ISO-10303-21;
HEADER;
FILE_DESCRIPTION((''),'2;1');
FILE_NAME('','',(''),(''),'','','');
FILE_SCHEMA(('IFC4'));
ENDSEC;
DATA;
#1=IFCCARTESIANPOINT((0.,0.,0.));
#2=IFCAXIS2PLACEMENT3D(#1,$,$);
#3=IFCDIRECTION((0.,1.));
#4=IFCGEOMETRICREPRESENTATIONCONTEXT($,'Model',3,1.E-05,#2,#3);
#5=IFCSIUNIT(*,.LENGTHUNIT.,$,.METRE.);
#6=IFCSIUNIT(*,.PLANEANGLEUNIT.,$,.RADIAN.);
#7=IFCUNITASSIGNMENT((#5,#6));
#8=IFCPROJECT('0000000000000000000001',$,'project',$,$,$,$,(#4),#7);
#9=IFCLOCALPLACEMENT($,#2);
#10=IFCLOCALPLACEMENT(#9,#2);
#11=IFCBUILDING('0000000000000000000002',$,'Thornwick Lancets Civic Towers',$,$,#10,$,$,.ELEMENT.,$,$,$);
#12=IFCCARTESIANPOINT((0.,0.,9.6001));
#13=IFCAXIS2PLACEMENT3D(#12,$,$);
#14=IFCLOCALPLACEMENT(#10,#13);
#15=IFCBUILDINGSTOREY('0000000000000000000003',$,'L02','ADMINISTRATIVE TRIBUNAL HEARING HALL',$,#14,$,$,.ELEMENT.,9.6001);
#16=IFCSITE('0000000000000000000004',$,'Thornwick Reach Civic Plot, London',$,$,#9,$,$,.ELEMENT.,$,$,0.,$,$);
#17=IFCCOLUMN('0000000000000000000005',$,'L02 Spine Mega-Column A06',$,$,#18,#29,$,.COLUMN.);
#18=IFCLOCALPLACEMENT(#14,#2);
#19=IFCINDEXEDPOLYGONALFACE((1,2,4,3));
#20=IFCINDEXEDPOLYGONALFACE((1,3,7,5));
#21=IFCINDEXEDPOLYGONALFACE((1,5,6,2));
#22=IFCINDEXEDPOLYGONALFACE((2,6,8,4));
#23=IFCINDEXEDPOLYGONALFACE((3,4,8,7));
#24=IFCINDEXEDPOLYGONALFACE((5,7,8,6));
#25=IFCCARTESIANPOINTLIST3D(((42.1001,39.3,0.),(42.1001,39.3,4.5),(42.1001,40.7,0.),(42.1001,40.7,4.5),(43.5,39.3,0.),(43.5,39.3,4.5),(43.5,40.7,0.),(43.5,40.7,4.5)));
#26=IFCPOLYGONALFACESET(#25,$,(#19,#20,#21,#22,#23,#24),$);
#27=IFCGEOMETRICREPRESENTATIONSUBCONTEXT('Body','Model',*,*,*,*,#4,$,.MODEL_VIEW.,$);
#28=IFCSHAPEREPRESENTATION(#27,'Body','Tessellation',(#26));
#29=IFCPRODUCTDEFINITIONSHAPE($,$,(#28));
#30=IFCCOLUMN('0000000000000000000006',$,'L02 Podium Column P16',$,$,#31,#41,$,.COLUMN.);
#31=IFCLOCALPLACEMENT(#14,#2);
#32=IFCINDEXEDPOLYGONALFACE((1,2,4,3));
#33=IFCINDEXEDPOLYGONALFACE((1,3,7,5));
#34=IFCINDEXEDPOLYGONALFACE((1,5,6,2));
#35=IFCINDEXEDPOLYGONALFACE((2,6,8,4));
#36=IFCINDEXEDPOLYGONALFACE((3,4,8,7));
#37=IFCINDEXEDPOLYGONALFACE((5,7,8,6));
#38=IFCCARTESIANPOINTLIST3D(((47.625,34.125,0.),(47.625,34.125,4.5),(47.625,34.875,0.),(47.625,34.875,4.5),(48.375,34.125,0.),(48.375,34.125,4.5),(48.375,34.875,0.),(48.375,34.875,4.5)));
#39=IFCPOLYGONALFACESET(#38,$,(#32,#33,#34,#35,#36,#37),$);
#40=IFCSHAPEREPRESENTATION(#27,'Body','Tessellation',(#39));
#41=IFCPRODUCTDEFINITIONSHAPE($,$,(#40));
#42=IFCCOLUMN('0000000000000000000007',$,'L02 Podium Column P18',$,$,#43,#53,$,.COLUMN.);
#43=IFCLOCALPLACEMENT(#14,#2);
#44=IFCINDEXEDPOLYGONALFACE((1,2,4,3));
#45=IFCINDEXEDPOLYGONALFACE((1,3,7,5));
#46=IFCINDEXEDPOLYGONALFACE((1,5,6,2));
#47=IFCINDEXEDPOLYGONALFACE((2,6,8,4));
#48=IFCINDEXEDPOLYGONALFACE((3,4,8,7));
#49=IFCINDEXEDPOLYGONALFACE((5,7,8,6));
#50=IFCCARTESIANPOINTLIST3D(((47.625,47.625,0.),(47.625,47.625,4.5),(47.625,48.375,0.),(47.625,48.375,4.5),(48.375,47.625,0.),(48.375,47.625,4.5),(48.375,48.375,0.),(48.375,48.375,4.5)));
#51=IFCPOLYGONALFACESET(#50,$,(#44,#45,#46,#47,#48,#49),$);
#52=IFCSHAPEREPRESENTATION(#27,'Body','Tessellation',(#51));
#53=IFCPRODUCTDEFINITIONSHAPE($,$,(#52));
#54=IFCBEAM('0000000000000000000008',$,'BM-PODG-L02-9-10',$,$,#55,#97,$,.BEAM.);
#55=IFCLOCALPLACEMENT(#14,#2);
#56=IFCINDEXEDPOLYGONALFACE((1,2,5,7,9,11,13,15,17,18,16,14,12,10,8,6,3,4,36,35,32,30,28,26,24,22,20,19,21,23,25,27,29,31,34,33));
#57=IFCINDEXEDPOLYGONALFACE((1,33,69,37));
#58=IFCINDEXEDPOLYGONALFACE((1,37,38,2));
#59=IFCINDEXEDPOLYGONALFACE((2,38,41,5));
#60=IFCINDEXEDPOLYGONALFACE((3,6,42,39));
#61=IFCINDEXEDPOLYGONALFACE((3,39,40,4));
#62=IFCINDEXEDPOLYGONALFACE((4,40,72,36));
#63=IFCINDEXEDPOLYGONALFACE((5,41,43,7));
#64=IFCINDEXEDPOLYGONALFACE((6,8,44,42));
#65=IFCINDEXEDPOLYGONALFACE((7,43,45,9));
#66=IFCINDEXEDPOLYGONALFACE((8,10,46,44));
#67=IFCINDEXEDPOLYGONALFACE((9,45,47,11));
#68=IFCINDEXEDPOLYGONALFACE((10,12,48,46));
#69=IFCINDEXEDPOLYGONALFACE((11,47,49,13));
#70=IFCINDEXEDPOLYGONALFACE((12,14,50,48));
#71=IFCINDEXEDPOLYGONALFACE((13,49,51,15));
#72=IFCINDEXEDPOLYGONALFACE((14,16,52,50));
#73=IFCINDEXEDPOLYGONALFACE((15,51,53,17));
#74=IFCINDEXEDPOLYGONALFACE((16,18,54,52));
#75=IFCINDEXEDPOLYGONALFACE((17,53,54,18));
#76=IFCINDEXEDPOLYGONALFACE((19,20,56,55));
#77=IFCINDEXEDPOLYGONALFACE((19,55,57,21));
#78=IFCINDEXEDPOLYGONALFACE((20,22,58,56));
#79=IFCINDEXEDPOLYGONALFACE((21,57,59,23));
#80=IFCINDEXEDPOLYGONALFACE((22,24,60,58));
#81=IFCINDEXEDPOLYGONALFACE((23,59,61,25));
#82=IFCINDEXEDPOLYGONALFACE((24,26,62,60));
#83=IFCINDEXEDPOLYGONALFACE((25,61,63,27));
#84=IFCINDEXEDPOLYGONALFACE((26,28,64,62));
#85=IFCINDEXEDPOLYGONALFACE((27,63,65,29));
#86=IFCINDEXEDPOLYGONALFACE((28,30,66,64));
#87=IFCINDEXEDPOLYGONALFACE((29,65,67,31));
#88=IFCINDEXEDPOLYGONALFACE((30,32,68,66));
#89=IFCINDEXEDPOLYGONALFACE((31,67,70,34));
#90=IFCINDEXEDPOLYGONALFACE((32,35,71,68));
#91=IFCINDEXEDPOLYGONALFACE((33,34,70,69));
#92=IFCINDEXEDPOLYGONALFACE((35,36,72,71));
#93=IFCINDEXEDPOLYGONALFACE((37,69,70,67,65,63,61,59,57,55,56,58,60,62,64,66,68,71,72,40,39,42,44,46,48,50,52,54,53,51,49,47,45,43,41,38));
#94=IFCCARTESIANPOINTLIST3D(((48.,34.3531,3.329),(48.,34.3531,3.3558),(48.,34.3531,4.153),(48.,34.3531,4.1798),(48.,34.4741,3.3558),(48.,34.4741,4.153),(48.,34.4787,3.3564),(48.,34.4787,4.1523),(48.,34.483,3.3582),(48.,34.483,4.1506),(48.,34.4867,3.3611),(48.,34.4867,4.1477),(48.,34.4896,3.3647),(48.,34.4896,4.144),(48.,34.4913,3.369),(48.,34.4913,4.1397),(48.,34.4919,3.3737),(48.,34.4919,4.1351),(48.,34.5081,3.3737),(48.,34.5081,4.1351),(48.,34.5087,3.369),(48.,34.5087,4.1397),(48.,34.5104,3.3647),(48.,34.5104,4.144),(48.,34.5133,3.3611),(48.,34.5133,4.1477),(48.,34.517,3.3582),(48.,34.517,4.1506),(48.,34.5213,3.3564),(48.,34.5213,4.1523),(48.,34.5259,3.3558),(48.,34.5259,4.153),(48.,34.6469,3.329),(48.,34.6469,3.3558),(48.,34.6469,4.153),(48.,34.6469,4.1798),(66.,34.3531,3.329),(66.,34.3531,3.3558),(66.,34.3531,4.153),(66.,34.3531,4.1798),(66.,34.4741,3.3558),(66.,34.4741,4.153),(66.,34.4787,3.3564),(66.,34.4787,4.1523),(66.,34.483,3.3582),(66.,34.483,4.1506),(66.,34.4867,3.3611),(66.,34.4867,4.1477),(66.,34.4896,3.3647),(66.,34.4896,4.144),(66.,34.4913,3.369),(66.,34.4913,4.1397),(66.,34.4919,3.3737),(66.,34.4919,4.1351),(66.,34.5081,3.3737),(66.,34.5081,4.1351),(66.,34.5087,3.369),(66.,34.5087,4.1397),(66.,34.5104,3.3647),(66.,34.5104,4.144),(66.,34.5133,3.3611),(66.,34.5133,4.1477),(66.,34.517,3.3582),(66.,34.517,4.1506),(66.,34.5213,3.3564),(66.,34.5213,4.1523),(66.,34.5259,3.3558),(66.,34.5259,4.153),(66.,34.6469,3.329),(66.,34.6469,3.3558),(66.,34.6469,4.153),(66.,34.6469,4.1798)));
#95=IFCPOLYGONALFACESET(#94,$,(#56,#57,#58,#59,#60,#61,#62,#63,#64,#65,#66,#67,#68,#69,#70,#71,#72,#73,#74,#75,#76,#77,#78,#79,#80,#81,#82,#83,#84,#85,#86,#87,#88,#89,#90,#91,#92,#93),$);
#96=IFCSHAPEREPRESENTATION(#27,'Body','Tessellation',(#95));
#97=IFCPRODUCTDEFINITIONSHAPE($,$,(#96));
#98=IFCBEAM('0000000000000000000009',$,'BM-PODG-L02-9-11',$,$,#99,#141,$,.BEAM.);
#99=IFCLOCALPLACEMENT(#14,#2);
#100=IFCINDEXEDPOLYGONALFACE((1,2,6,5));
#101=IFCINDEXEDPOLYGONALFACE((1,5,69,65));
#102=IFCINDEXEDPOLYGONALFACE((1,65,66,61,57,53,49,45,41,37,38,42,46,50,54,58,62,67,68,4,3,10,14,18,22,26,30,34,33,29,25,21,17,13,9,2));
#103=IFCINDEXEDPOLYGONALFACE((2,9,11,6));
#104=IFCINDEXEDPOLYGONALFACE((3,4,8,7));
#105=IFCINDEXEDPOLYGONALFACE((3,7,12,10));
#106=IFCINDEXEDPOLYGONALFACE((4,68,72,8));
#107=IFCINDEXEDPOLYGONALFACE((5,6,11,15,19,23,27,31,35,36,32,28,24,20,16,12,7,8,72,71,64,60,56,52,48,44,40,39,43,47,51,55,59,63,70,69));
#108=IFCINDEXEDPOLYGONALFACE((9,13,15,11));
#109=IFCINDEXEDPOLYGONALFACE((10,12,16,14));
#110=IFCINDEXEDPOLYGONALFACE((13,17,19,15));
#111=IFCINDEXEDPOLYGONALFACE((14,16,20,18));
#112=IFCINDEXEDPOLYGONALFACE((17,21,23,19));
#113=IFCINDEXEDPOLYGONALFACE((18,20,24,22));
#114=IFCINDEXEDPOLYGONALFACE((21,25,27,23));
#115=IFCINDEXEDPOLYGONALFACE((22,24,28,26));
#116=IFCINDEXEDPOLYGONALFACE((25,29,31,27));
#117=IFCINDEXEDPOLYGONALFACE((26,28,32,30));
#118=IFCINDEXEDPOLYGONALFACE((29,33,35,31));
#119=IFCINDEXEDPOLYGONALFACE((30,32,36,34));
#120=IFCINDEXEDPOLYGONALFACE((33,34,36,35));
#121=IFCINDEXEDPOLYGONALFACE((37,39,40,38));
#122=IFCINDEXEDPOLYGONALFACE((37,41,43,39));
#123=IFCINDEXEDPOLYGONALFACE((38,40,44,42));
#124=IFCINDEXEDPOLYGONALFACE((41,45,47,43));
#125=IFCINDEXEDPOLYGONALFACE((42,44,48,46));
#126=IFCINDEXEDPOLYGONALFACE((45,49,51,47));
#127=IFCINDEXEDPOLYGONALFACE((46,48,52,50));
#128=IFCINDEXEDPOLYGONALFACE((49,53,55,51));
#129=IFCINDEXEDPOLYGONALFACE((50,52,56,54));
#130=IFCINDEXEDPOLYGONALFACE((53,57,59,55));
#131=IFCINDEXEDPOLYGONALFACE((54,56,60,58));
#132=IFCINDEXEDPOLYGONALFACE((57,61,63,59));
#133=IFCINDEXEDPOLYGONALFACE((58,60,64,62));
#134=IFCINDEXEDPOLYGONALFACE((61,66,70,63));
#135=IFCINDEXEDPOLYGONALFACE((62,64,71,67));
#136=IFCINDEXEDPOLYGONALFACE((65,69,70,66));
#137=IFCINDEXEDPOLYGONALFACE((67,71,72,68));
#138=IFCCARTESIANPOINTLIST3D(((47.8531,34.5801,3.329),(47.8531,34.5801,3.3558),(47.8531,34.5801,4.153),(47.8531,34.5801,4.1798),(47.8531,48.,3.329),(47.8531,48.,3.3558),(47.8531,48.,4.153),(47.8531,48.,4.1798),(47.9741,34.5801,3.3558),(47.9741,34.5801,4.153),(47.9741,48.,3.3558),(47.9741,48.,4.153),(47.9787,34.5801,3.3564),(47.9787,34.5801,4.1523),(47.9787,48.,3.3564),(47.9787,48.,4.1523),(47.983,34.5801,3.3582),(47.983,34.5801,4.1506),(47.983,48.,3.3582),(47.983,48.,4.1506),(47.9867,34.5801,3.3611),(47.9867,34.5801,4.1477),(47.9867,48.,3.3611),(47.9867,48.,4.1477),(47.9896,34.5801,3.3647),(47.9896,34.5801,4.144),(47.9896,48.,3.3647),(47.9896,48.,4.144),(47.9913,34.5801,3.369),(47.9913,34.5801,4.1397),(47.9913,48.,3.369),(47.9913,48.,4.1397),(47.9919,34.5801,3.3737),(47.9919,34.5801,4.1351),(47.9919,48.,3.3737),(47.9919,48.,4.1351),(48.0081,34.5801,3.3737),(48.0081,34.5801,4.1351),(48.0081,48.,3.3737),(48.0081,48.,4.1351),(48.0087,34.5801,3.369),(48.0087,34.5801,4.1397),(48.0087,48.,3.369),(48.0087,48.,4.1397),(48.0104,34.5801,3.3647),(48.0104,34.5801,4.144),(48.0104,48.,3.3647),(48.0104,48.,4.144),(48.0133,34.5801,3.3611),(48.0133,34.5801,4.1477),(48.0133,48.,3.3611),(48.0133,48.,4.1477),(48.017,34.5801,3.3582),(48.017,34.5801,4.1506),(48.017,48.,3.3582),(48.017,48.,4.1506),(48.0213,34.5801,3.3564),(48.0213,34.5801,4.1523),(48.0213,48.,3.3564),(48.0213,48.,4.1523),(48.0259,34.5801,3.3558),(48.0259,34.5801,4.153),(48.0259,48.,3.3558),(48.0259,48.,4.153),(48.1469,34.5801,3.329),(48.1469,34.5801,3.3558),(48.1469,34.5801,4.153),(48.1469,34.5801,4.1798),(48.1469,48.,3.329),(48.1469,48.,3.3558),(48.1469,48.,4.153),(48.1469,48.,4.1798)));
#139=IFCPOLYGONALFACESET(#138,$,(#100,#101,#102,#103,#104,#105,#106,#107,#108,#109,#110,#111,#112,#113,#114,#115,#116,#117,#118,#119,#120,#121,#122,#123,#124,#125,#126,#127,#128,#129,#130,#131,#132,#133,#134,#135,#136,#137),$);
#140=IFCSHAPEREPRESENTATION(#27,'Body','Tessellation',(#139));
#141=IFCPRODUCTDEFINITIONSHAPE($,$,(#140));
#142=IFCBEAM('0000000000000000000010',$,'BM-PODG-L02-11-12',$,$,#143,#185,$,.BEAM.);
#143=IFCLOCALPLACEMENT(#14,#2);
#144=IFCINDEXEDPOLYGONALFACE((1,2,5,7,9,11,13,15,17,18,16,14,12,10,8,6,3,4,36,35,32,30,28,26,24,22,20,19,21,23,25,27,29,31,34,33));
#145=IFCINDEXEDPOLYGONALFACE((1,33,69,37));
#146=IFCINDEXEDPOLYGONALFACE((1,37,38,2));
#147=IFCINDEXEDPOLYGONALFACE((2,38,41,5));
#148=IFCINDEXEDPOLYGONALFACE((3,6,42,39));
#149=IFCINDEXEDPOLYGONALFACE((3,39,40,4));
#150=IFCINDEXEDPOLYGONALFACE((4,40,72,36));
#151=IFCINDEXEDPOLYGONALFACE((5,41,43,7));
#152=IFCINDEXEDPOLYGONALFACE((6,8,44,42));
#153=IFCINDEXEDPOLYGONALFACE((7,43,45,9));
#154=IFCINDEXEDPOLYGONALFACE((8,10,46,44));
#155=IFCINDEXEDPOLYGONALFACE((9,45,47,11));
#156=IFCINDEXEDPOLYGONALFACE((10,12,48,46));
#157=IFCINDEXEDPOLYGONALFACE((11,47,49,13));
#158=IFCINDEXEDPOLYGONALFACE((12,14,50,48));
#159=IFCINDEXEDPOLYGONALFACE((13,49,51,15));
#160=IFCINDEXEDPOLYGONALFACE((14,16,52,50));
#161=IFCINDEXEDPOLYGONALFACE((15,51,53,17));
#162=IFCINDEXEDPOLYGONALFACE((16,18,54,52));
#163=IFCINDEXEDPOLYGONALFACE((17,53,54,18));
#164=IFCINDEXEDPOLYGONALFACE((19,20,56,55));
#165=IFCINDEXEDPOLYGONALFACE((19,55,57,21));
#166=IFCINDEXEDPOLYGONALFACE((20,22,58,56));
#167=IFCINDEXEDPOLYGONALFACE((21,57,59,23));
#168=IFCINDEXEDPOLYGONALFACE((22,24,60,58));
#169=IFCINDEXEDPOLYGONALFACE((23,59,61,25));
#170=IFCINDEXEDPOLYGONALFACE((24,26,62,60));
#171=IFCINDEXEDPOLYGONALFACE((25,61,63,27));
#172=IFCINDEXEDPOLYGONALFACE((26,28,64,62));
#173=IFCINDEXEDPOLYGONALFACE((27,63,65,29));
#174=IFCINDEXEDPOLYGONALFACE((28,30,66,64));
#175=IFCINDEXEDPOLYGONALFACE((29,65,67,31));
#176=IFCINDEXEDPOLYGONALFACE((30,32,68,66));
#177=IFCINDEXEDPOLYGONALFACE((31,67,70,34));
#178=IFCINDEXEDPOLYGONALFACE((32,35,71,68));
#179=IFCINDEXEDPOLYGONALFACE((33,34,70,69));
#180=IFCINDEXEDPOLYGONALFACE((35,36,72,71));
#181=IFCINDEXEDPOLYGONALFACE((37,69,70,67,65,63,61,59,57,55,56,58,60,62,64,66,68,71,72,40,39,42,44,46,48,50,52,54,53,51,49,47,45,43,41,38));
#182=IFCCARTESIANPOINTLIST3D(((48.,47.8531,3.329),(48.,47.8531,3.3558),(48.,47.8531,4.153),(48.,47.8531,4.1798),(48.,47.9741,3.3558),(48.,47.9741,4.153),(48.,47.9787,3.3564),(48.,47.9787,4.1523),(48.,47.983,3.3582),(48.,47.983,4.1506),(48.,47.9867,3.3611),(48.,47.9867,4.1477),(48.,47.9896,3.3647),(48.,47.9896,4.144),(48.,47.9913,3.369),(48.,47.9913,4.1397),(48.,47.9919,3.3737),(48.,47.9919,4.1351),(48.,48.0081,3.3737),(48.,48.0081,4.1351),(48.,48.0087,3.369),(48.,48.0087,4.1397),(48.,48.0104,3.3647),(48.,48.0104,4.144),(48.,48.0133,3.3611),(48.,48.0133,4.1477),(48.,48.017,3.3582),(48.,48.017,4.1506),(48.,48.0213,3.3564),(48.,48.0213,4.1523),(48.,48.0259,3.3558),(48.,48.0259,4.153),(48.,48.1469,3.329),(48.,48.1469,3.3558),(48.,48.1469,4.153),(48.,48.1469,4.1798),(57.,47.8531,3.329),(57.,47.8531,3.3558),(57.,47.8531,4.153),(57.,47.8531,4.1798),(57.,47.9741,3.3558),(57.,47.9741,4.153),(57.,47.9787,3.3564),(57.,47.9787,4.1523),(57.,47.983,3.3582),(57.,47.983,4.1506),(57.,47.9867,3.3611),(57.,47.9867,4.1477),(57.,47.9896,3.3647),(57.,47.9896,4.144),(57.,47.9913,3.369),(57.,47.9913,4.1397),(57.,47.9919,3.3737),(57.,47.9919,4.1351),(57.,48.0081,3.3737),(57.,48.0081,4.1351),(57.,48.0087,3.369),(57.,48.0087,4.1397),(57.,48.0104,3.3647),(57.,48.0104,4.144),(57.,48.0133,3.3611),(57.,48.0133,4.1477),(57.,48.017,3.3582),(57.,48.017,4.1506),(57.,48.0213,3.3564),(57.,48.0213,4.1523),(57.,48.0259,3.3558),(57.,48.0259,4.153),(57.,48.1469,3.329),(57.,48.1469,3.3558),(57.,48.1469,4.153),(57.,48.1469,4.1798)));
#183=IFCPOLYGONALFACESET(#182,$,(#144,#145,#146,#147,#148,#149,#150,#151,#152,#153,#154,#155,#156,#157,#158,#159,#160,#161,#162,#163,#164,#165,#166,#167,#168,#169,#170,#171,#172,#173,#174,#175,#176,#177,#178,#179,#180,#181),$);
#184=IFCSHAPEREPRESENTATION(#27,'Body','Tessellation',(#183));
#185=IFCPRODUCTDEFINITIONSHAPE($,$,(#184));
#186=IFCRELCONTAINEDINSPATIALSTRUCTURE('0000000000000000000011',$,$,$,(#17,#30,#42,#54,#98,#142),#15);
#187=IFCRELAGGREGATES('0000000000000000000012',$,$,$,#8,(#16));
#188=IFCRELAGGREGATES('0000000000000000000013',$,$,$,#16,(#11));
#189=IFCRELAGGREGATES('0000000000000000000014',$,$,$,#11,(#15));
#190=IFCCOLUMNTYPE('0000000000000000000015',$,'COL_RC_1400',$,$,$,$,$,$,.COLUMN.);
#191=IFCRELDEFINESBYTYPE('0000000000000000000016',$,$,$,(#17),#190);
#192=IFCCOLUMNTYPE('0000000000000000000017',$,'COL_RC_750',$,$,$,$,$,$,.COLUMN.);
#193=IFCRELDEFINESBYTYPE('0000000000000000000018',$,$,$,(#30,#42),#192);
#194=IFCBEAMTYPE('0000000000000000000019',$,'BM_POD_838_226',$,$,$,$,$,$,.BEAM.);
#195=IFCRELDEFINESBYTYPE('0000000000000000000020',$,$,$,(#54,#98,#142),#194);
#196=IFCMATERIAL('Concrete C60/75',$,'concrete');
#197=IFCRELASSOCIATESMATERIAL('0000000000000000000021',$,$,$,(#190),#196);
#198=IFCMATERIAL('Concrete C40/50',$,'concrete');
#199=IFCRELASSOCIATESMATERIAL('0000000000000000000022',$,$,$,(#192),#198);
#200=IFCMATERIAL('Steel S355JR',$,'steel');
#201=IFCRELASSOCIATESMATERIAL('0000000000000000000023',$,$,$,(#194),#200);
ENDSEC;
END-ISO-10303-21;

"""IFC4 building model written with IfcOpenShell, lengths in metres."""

from ifc_helpers import new_model, si_unit, direction, frame, origin, origin_2d, place, context, subcontext, project, spatial, rectangle, i_section, extrude, material, material_profile, profile_set, type_object, element, save


model = new_model("IFC4")

# Units and contexts
model_context = context("Model", 3, precision=1e-05, world=origin(), true_north=direction((0.0, 1.0)))
body_context = subcontext(model_context, "Body", "Model", "MODEL_VIEW")
ifc_project = project(units=[si_unit("LENGTHUNIT", "METRE"), si_unit("PLANEANGLEUNIT", "RADIAN")], contexts=[model_context])

# Site, building, storey
site_placement = place(None, origin())
site = spatial("IfcSite", under=ifc_project, at=site_placement, Name="Thornwick Reach Civic Plot, London", CompositionType="ELEMENT", RefElevation=0.0)
building_placement = place(site_placement, origin())
building = spatial("IfcBuilding", under=site, at=building_placement, Name="Thornwick Lancets Civic Towers", CompositionType="ELEMENT")
storey_placement = place(building_placement, frame((0.0, 0.0, 9.6001)))
storey = spatial("IfcBuildingStorey", under=building, at=storey_placement, Name="L02", Description="ADMINISTRATIVE TRIBUNAL HEARING HALL", CompositionType="ELEMENT", Elevation=9.6001)

# Columns
ifc_material_1 = material(Name="Concrete C60/75", Category="concrete")
ifc_material_profile_1 = material_profile(ifc_material_1, rectangle(XDim=1.3999, YDim=1.3999, at=origin_2d()), Name="RC 1400x1400")
ifc_profile_set_1 = profile_set([ifc_material_profile_1], Name="Concrete C60/75")
column_type_1 = type_object("IfcColumnType", Name="COL_RC_1400", PredefinedType="COLUMN", material=ifc_profile_set_1)
column_placement = place(storey_placement, frame((42.8, 40.0, 0.0), z_axis=(0.0, 0.0, 1.0), x_axis=(1.0, 0.0, 0.0)))
element("IfcColumn", 1, at=column_placement, inside=storey, type_object=column_type_1, Name="L02 Spine Mega-Column A06", PredefinedType="COLUMN", context=body_context, shape_type="SweptSolid", body=[
    extrude(rectangle(XDim=1.3999, YDim=1.3999, at=origin_2d()), origin(), (0.0, 0.0, 1.0), 4.5),
])
ifc_material_2 = material(Name="Concrete C40/50", Category="concrete")
ifc_material_profile_2 = material_profile(ifc_material_2, rectangle(XDim=0.75, YDim=0.75, at=origin_2d()), Name="RC 750x750")
ifc_profile_set_2 = profile_set([ifc_material_profile_2], Name="Concrete C40/50")
column_type_2 = type_object("IfcColumnType", Name="COL_RC_750", PredefinedType="COLUMN", material=ifc_profile_set_2)
for number, where, z_axis, x_axis, name in (
    (2, (48.0, 34.5, 0.0), (0.0, 0.0, 1.0), (1.0, 0.0, 0.0), "L02 Podium Column P16"),
    (3, (48.0, 48.0, 0.0), (0.0, 0.0, 1.0), (1.0, 0.0, 0.0), "L02 Podium Column P18"),
):
    element("IfcColumn", number, at=place(storey_placement, frame(where, z_axis=z_axis, x_axis=x_axis)), inside=storey, type_object=column_type_2, Name=name, PredefinedType="COLUMN", context=body_context, shape_type="SweptSolid", body=[
        extrude(rectangle(XDim=0.75, YDim=0.75, at=origin_2d()), origin(), (0.0, 0.0, 1.0), 4.5),
    ])

# Beams
ifc_material_3 = material(Name="Steel S355JR", Category="steel")
ifc_material_profile_3 = material_profile(ifc_material_3, i_section(OverallWidth=0.2937, OverallDepth=0.8508, WebThickness=0.0161, FlangeThickness=0.0269, FilletRadius=0.0178, at=origin_2d()), Name="UKB 838x292x226")
ifc_profile_set_3 = profile_set([ifc_material_profile_3], Name="Steel S355JR")
beam_type = type_object("IfcBeamType", Name="BM_POD_838_226", PredefinedType="BEAM", material=ifc_profile_set_3)
beam_1_placement = place(storey_placement, frame((48.0, 34.5, 3.7544), z_axis=(1.0, 0.0, 0.0), x_axis=(0.0, 1.0, 0.0)))
element("IfcBeam", 4, at=beam_1_placement, inside=storey, type_object=beam_type, Name="BM-PODG-L02-9-10", PredefinedType="BEAM", context=body_context, shape_type="SweptSolid", body=[
    extrude(i_section(OverallWidth=0.2937, OverallDepth=0.8508, WebThickness=0.0161, FlangeThickness=0.0269, FilletRadius=0.0178, at=origin_2d()), origin(), (0.0, 0.0, 1.0), 18.0),
])
beam_2_placement = place(storey_placement, frame((48.0, 34.5801, 3.7544), z_axis=(0.0, 1.0, 0.0), x_axis=(-1.0, 0.0, 0.0)))
element("IfcBeam", 5, at=beam_2_placement, inside=storey, type_object=beam_type, Name="BM-PODG-L02-9-11", PredefinedType="BEAM", context=body_context, shape_type="SweptSolid", body=[
    extrude(i_section(OverallWidth=0.2937, OverallDepth=0.8508, WebThickness=0.0161, FlangeThickness=0.0269, FilletRadius=0.0178, at=origin_2d()), origin(), (0.0, 0.0, 1.0), 13.4199),
])
beam_3_placement = place(storey_placement, frame((48.0, 48.0, 3.7544), z_axis=(1.0, 0.0, 0.0), x_axis=(0.0, 1.0, 0.0)))
element("IfcBeam", 6, at=beam_3_placement, inside=storey, type_object=beam_type, Name="BM-PODG-L02-11-12", PredefinedType="BEAM", context=body_context, shape_type="SweptSolid", body=[
    extrude(i_section(OverallWidth=0.2937, OverallDepth=0.8508, WebThickness=0.0161, FlangeThickness=0.0269, FilletRadius=0.0178, at=origin_2d()), origin(), (0.0, 0.0, 1.0), 9.0),
])

save(model, "model.ifc")
